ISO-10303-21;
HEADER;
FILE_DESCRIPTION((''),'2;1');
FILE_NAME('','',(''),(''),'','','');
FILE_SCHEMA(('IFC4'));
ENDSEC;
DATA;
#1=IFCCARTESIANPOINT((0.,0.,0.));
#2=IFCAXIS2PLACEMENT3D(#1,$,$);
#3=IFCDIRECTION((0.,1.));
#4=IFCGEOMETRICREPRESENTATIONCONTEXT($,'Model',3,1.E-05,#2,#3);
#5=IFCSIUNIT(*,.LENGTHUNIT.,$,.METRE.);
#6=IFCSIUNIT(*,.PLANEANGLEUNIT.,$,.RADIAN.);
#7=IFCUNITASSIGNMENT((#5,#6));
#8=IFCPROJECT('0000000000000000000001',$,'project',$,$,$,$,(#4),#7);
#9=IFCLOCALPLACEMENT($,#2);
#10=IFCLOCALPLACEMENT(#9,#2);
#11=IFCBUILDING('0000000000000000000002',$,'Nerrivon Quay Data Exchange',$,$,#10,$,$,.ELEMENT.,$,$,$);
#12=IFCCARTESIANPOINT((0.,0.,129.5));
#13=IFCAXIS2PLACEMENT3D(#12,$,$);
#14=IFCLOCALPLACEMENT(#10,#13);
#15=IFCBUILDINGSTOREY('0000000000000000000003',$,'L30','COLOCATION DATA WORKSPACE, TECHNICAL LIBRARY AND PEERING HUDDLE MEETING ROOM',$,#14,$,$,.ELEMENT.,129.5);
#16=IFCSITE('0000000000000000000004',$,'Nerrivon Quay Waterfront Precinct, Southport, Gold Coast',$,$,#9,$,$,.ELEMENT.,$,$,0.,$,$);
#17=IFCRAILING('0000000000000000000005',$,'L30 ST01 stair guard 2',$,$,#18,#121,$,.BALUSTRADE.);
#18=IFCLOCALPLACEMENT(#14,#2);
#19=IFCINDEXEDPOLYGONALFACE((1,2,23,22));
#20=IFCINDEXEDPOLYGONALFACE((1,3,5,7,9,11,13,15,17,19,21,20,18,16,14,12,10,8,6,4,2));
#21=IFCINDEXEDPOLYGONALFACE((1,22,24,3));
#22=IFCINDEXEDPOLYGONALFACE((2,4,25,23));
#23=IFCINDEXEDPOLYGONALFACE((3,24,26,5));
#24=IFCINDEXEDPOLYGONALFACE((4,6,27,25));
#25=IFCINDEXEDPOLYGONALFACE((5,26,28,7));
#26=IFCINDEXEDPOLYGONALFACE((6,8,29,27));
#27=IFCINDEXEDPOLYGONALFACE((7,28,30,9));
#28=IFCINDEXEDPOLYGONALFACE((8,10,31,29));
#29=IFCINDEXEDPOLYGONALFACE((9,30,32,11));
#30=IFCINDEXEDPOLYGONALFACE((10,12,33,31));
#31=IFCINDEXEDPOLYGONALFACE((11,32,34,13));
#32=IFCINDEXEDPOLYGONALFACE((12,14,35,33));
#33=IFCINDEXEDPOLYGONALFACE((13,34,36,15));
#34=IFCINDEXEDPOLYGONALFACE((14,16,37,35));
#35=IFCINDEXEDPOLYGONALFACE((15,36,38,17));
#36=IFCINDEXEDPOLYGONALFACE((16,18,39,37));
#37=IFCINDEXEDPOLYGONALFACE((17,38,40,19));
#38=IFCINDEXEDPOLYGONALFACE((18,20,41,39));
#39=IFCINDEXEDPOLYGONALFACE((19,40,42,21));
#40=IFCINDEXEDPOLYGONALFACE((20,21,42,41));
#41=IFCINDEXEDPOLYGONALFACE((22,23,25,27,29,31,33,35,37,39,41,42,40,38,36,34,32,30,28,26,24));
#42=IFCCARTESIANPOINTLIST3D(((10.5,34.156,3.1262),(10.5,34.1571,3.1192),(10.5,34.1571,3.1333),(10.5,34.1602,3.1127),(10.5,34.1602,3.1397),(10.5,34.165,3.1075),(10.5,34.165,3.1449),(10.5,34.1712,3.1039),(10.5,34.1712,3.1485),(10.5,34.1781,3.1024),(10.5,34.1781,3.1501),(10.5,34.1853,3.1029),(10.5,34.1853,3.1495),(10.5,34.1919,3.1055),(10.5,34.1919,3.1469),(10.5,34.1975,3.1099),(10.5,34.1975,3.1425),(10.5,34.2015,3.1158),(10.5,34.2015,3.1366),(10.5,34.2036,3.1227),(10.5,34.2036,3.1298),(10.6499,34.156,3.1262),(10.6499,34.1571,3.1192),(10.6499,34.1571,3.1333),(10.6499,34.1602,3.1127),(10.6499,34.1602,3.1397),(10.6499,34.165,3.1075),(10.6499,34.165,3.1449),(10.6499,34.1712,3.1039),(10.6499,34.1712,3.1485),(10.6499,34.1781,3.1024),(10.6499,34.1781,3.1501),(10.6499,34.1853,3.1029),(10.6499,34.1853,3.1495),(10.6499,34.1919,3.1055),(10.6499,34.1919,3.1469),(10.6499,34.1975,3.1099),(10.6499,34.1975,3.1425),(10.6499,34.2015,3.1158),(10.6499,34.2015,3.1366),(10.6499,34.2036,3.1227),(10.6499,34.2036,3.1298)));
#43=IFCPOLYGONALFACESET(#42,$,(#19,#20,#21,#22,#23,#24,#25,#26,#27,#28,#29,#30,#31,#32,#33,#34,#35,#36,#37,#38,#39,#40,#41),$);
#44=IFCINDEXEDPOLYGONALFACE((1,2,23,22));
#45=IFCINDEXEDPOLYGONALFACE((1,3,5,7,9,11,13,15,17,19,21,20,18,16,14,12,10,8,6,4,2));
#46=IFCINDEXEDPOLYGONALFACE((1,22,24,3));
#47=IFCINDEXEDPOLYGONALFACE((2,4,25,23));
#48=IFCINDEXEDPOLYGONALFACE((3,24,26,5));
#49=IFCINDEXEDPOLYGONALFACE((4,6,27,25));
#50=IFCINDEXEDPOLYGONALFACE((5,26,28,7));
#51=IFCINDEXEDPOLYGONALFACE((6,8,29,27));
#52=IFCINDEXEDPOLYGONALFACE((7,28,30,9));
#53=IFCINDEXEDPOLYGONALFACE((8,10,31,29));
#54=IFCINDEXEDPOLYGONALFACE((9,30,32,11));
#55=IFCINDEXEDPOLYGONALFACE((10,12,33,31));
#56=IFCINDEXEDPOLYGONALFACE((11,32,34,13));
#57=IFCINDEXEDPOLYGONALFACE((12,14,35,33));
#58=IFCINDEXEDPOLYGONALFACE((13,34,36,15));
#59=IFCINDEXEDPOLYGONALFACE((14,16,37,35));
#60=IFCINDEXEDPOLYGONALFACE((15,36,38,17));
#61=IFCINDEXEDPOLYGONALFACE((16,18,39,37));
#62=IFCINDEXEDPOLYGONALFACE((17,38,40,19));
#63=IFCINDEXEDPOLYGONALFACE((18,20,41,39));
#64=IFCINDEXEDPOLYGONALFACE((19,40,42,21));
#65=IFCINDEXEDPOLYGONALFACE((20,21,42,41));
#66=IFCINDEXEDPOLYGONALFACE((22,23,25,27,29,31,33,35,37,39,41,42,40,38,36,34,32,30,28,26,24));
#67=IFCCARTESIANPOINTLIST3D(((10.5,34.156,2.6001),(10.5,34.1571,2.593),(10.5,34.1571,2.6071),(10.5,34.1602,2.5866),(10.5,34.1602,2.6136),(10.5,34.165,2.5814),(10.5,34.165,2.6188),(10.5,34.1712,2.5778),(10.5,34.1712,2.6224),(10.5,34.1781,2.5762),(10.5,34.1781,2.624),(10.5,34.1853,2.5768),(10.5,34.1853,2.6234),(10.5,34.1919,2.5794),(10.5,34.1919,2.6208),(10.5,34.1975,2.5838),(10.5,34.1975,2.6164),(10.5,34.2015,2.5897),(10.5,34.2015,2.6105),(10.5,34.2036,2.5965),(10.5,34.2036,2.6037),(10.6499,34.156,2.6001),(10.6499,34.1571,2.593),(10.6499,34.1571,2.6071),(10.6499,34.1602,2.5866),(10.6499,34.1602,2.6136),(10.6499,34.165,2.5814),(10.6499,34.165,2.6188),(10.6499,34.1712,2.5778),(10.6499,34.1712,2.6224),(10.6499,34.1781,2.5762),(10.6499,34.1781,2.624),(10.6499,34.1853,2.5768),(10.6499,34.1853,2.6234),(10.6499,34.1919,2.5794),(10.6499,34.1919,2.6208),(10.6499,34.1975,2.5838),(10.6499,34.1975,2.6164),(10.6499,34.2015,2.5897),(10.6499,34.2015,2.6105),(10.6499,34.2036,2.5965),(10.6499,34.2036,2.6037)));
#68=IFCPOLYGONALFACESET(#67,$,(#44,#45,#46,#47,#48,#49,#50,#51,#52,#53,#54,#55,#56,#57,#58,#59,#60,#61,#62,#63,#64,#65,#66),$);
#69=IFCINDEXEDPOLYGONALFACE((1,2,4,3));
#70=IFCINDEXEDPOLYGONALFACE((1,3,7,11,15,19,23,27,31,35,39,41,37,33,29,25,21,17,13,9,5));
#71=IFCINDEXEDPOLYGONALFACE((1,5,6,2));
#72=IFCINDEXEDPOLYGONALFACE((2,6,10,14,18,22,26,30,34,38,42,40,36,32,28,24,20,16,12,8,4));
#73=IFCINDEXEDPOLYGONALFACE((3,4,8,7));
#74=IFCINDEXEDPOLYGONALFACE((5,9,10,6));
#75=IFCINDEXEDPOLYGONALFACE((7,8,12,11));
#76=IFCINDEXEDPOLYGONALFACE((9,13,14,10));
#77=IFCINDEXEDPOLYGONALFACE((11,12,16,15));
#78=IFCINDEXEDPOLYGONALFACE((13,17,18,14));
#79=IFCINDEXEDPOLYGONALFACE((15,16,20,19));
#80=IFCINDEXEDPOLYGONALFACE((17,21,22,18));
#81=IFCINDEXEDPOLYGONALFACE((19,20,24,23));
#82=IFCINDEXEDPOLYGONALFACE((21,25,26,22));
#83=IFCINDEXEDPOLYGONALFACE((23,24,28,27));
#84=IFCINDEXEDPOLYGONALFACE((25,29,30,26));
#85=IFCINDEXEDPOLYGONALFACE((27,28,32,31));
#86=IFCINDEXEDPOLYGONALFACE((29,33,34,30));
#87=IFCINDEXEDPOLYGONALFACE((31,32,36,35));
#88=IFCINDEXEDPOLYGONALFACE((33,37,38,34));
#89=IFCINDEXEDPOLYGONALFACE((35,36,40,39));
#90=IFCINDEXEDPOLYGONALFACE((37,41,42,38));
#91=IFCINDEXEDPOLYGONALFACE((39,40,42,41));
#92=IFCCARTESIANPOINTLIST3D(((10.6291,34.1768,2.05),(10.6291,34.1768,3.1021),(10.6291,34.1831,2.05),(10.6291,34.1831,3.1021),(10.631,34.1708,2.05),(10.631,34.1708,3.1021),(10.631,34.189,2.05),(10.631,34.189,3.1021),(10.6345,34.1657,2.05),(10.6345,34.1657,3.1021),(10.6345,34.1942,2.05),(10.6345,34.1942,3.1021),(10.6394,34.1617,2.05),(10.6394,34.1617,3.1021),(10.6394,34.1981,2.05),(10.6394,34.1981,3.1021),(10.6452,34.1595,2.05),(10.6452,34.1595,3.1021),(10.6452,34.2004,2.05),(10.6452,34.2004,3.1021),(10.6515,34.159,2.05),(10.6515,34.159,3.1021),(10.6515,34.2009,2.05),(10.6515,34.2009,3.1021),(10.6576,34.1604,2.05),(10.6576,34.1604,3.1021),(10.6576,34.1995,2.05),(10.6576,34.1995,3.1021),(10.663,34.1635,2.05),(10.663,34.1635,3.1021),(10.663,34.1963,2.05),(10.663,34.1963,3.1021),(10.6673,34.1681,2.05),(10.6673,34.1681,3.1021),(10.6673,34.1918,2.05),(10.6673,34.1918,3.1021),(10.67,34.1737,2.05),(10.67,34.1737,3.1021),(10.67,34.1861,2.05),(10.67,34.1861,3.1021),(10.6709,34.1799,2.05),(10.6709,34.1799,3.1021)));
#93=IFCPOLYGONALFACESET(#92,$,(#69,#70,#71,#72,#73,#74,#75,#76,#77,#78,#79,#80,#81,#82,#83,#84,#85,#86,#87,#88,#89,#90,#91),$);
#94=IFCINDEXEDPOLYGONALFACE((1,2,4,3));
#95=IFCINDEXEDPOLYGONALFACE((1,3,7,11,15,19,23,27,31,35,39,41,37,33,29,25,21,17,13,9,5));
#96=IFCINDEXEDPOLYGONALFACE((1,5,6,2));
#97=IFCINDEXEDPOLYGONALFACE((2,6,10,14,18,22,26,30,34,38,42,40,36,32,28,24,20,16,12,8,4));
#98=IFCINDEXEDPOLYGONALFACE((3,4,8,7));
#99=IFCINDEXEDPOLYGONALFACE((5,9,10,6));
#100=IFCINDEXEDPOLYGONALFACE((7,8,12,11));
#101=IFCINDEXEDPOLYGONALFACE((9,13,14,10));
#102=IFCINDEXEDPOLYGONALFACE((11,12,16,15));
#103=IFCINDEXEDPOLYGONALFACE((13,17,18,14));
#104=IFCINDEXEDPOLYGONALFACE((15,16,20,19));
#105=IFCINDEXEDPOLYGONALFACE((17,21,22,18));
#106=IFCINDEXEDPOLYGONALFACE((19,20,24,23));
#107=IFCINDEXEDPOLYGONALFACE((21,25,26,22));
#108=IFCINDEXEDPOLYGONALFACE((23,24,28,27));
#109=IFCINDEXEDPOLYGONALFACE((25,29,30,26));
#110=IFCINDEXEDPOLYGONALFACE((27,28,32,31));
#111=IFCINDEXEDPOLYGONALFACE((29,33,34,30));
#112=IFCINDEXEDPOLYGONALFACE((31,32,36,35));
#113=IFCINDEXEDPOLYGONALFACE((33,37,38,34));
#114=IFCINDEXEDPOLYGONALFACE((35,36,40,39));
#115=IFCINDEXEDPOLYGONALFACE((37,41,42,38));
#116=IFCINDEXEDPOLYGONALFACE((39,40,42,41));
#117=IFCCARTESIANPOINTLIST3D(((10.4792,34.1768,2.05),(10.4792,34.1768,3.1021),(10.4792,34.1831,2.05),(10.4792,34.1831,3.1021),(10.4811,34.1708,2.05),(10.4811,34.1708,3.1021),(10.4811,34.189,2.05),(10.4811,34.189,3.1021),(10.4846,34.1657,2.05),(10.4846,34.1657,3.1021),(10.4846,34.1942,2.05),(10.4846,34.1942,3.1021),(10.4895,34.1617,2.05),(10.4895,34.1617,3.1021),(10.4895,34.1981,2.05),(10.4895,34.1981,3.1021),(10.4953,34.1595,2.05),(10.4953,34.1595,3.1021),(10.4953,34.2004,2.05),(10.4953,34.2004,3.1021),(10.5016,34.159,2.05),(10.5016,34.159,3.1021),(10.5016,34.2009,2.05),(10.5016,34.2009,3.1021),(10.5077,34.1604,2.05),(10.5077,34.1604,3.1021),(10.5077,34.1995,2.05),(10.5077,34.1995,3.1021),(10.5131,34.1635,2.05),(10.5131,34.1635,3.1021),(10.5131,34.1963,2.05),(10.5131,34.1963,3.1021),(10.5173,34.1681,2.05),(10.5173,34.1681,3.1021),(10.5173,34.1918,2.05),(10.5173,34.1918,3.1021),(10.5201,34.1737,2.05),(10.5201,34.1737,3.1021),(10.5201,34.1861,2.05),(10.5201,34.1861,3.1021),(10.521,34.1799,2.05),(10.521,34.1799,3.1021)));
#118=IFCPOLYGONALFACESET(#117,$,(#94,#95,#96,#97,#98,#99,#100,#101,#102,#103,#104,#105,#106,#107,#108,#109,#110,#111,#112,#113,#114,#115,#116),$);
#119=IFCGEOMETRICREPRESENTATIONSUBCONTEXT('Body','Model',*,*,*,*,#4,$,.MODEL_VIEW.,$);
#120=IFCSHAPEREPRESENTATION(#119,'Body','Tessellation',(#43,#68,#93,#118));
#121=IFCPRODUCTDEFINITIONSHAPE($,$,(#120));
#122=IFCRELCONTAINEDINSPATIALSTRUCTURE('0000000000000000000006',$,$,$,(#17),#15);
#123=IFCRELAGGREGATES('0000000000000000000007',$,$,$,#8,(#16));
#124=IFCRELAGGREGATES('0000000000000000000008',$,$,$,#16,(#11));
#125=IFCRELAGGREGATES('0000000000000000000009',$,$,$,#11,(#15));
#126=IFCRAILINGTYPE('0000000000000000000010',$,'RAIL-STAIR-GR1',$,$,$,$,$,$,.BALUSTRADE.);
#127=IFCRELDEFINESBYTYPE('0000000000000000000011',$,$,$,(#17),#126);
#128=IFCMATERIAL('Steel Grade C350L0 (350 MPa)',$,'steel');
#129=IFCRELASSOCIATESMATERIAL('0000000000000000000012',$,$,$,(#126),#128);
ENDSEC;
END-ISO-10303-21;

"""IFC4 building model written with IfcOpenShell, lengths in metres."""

from ifc_helpers import new_model, si_unit, direction, frame, origin, origin_2d, place, context, subcontext, project, spatial, circle, extrude, material, type_object, element, save


model = new_model("IFC4")

# Units and contexts
model_context = context("Model", 3, precision=1e-05, world=origin(), true_north=direction((0.0, 1.0)))
body_context = subcontext(model_context, "Body", "Model", "MODEL_VIEW")
ifc_project = project(units=[si_unit("LENGTHUNIT", "METRE"), si_unit("PLANEANGLEUNIT", "RADIAN")], contexts=[model_context])

# Site, building, storey
site_placement = place(None, origin())
site = spatial("IfcSite", under=ifc_project, at=site_placement, Name="Nerrivon Quay Waterfront Precinct, Southport, Gold Coast", CompositionType="ELEMENT", RefElevation=0.0)
building_placement = place(site_placement, origin())
building = spatial("IfcBuilding", under=site, at=building_placement, Name="Nerrivon Quay Data Exchange", CompositionType="ELEMENT")
storey_placement = place(building_placement, frame((0.0, 0.0, 129.5)))
storey = spatial("IfcBuildingStorey", under=building, at=storey_placement, Name="L30", Description="COLOCATION DATA WORKSPACE, TECHNICAL LIBRARY AND PEERING HUDDLE MEETING ROOM", CompositionType="ELEMENT", Elevation=129.5)

# Railing
ifc_material_1 = material(Name="Steel Grade C350L0 (350 MPa)", Category="steel")
railing_type = type_object("IfcRailingType", Name="RAIL-STAIR-GR1", PredefinedType="BALUSTRADE", material=ifc_material_1)
railing_1_placement = place(storey_placement, frame((10.6499, 34.1799, 2.05)))
element("IfcRailing", 1, at=railing_1_placement, inside=storey, type_object=railing_type, Name="L30 ST01 stair guard 2", PredefinedType="BALUSTRADE", context=body_context, shape_type="SweptSolid", body=[
    extrude(circle(Radius=0.0239, at=origin_2d()), frame((0.0, 0.0, 1.0762), z_axis=(-1.0, 0.0, 0.0), x_axis=(0.0, -1.0, 0.0)), (0.0, 0.0, 1.0), 0.1499),
    extrude(circle(Radius=0.0239, at=origin_2d()), frame((0.0, 0.0, 0.55), z_axis=(-1.0, 0.0, 0.0), x_axis=(0.0, -1.0, 0.0)), (0.0, 0.0, 1.0), 0.1499),
    extrude(circle(Radius=0.021, at=origin_2d()), origin(), (0.0, 0.0, 1.0), 1.052),
    extrude(circle(Radius=0.021, at=origin_2d()), frame((-0.1499, 0.0, 0.0)), (0.0, 0.0, 1.0), 1.052),
])

save(model, "model.ifc")
